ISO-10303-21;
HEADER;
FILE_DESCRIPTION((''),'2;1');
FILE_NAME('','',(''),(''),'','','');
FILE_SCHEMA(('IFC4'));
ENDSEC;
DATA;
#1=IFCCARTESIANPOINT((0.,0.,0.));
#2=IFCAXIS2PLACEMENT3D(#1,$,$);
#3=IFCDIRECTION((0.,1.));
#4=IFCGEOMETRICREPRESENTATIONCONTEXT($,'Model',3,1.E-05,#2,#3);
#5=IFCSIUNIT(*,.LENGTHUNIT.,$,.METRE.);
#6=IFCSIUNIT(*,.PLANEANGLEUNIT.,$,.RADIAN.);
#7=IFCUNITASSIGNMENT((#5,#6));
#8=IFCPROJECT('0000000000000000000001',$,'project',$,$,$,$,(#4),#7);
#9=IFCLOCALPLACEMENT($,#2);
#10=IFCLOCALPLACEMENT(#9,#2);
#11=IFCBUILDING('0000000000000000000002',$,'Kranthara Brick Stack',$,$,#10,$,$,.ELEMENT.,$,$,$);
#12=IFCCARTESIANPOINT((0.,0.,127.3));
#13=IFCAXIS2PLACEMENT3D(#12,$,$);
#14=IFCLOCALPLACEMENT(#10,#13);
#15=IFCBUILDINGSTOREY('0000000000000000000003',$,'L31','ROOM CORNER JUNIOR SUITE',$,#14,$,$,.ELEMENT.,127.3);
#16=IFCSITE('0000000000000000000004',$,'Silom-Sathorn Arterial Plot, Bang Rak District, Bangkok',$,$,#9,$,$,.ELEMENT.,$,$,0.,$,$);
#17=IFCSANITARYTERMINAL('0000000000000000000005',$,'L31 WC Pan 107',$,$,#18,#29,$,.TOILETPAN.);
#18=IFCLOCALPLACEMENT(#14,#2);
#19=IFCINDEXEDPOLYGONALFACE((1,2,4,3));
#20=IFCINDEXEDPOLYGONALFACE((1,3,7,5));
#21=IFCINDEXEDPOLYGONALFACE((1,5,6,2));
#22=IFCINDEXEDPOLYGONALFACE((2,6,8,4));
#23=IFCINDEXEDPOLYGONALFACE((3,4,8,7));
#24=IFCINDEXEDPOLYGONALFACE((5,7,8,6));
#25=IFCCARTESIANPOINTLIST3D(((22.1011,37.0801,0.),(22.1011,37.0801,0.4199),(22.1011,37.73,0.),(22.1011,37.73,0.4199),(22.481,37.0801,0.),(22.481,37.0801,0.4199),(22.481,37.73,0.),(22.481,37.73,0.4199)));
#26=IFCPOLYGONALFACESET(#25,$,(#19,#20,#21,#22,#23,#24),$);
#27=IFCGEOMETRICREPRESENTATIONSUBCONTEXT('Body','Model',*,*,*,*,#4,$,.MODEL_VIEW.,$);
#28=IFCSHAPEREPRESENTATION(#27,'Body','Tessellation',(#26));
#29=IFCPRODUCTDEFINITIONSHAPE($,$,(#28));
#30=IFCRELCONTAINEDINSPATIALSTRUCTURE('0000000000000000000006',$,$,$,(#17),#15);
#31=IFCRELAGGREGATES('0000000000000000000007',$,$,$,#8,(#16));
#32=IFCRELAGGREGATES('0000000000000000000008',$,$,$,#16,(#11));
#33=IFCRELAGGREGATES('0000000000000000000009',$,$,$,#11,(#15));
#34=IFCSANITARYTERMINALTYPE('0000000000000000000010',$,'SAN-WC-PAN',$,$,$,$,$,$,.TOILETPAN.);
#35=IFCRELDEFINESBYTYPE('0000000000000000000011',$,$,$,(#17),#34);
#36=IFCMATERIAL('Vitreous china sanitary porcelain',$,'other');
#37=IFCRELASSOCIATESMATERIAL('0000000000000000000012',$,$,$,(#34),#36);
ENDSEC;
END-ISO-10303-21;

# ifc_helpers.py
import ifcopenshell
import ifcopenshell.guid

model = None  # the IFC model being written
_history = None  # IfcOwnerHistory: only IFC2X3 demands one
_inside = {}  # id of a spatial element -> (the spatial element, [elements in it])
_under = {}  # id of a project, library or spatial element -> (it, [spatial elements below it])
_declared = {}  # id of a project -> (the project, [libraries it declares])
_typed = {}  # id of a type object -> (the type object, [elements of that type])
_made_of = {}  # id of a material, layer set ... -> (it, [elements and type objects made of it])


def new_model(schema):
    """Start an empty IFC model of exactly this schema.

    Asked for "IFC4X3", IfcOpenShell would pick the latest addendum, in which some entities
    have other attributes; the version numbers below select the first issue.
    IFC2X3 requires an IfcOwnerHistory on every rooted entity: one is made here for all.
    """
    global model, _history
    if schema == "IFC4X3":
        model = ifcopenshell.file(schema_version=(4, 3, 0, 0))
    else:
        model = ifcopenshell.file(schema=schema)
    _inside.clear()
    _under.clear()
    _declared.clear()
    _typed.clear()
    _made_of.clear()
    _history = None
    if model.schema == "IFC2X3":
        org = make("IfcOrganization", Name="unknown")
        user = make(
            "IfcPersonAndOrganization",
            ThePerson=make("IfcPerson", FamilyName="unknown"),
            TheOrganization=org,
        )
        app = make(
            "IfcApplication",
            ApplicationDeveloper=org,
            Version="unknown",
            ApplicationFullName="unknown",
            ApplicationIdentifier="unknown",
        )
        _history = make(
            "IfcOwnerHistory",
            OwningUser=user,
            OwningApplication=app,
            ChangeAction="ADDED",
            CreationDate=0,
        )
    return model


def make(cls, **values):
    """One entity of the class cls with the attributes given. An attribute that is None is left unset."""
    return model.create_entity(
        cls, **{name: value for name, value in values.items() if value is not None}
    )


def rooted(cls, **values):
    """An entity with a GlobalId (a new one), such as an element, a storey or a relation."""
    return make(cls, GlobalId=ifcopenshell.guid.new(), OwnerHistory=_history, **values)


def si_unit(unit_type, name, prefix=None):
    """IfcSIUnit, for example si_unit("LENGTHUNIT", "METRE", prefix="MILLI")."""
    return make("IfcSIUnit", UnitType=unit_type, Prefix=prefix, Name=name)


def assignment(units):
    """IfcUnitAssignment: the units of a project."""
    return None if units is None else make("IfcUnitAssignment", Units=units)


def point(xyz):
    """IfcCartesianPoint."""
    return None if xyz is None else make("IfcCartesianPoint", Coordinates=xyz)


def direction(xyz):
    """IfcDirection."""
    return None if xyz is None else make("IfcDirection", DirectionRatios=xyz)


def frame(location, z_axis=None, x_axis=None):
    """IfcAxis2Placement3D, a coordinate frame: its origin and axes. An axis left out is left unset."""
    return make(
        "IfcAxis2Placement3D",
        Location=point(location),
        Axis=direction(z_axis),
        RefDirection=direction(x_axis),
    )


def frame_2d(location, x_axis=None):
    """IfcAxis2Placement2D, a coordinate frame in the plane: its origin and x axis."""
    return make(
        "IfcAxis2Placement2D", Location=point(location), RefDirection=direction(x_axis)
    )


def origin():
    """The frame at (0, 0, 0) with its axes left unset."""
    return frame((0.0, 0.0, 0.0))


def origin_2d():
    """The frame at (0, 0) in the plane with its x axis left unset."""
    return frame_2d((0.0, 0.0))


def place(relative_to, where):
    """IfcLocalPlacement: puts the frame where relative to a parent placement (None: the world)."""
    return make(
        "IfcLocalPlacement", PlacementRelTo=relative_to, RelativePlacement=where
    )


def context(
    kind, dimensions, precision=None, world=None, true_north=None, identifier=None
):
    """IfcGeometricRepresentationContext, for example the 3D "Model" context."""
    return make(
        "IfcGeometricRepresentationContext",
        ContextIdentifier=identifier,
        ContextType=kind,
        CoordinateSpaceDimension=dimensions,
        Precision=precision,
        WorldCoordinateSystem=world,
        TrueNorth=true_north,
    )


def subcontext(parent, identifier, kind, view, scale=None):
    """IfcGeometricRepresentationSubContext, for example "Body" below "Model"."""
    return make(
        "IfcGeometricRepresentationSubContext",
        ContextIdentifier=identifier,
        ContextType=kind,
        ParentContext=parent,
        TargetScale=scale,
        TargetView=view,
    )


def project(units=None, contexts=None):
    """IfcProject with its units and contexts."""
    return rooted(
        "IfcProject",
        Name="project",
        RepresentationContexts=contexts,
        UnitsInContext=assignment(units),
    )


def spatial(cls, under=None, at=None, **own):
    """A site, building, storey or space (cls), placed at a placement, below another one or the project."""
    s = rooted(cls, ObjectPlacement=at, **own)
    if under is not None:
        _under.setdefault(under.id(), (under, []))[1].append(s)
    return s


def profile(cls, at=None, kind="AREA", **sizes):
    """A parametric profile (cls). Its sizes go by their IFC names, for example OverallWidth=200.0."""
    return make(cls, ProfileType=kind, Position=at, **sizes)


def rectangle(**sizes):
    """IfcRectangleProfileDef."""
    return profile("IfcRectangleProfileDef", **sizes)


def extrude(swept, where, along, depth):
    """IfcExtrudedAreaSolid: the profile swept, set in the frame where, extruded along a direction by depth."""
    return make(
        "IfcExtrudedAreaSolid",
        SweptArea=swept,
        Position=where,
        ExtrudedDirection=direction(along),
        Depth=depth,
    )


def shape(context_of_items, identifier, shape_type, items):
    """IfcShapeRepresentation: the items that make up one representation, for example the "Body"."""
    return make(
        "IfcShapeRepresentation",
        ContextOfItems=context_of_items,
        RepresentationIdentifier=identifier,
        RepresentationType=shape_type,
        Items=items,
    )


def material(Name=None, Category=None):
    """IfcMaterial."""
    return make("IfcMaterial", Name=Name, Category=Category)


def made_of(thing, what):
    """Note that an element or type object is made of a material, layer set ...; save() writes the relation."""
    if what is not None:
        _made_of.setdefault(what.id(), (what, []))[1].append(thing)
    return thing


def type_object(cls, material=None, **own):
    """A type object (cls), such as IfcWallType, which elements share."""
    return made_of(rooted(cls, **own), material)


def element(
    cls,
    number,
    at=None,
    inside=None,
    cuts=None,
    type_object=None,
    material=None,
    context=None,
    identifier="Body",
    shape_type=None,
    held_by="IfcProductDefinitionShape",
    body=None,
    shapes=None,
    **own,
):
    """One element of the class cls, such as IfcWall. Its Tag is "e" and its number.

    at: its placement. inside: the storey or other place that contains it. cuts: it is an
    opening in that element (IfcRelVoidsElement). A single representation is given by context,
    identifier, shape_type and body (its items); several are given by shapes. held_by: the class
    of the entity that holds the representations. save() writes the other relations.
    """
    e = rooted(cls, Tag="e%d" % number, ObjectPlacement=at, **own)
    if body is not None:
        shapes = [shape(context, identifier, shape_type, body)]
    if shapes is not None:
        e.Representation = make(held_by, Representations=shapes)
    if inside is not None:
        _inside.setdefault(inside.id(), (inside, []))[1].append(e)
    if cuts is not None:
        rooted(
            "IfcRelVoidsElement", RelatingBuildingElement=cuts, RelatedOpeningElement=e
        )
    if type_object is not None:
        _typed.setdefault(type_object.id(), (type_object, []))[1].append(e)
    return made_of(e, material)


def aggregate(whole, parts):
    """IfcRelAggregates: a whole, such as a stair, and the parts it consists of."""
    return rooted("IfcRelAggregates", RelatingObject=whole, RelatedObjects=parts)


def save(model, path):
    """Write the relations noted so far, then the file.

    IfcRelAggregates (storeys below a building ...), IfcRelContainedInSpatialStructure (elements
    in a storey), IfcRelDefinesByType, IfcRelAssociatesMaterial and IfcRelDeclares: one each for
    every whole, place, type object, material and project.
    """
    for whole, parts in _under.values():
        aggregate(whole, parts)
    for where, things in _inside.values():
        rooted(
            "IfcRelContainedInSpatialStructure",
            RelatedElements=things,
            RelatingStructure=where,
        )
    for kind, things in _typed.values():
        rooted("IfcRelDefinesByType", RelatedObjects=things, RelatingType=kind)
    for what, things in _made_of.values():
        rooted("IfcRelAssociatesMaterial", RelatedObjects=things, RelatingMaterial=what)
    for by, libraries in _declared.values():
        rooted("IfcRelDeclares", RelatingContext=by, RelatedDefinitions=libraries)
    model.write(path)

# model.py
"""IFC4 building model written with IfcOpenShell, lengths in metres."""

from ifc_helpers import new_model, si_unit, direction, frame, origin, origin_2d, place, context, subcontext, project, spatial, rectangle, extrude, material, type_object, element, save


model = new_model("IFC4")

# Units and contexts
model_context = context("Model", 3, precision=1e-05, world=origin(), true_north=direction((0.0, 1.0)))
body_context = subcontext(model_context, "Body", "Model", "MODEL_VIEW")
ifc_project = project(units=[si_unit("LENGTHUNIT", "METRE"), si_unit("PLANEANGLEUNIT", "RADIAN")], contexts=[model_context])

# Site, building, storey
site_placement = place(None, origin())
site = spatial("IfcSite", under=ifc_project, at=site_placement, Name="Silom-Sathorn Arterial Plot, Bang Rak District, Bangkok", CompositionType="ELEMENT", RefElevation=0.0)
building_placement = place(site_placement, origin())
building = spatial("IfcBuilding", under=site, at=building_placement, Name="Kranthara Brick Stack", CompositionType="ELEMENT")
storey_placement = place(building_placement, frame((0.0, 0.0, 127.3)))
storey = spatial("IfcBuildingStorey", under=building, at=storey_placement, Name="L31", Description="ROOM CORNER JUNIOR SUITE", CompositionType="ELEMENT", Elevation=127.3)

# Sanitary terminal
ifc_material_1 = material(Name="Vitreous china sanitary porcelain", Category="other")
sanitary_terminal_type_1 = type_object("IfcSanitaryTerminalType", Name="SAN-WC-PAN", PredefinedType="TOILETPAN", material=ifc_material_1)
sanitary_terminal_1_placement = place(storey_placement, frame((22.291, 37.405, 0.0), z_axis=(0.0, 0.0, 1.0), x_axis=(1.0, 0.0, 0.0)))
element("IfcSanitaryTerminal", 1, at=sanitary_terminal_1_placement, inside=storey, type_object=sanitary_terminal_type_1, Name="L31 WC Pan 107", PredefinedType="TOILETPAN", context=body_context, shape_type="SweptSolid", body=[
    extrude(rectangle(XDim=0.3799, YDim=0.6499, at=origin_2d()), origin(), (0.0, 0.0, 1.0), 0.4199),
])

save(model, "model.ifc")
